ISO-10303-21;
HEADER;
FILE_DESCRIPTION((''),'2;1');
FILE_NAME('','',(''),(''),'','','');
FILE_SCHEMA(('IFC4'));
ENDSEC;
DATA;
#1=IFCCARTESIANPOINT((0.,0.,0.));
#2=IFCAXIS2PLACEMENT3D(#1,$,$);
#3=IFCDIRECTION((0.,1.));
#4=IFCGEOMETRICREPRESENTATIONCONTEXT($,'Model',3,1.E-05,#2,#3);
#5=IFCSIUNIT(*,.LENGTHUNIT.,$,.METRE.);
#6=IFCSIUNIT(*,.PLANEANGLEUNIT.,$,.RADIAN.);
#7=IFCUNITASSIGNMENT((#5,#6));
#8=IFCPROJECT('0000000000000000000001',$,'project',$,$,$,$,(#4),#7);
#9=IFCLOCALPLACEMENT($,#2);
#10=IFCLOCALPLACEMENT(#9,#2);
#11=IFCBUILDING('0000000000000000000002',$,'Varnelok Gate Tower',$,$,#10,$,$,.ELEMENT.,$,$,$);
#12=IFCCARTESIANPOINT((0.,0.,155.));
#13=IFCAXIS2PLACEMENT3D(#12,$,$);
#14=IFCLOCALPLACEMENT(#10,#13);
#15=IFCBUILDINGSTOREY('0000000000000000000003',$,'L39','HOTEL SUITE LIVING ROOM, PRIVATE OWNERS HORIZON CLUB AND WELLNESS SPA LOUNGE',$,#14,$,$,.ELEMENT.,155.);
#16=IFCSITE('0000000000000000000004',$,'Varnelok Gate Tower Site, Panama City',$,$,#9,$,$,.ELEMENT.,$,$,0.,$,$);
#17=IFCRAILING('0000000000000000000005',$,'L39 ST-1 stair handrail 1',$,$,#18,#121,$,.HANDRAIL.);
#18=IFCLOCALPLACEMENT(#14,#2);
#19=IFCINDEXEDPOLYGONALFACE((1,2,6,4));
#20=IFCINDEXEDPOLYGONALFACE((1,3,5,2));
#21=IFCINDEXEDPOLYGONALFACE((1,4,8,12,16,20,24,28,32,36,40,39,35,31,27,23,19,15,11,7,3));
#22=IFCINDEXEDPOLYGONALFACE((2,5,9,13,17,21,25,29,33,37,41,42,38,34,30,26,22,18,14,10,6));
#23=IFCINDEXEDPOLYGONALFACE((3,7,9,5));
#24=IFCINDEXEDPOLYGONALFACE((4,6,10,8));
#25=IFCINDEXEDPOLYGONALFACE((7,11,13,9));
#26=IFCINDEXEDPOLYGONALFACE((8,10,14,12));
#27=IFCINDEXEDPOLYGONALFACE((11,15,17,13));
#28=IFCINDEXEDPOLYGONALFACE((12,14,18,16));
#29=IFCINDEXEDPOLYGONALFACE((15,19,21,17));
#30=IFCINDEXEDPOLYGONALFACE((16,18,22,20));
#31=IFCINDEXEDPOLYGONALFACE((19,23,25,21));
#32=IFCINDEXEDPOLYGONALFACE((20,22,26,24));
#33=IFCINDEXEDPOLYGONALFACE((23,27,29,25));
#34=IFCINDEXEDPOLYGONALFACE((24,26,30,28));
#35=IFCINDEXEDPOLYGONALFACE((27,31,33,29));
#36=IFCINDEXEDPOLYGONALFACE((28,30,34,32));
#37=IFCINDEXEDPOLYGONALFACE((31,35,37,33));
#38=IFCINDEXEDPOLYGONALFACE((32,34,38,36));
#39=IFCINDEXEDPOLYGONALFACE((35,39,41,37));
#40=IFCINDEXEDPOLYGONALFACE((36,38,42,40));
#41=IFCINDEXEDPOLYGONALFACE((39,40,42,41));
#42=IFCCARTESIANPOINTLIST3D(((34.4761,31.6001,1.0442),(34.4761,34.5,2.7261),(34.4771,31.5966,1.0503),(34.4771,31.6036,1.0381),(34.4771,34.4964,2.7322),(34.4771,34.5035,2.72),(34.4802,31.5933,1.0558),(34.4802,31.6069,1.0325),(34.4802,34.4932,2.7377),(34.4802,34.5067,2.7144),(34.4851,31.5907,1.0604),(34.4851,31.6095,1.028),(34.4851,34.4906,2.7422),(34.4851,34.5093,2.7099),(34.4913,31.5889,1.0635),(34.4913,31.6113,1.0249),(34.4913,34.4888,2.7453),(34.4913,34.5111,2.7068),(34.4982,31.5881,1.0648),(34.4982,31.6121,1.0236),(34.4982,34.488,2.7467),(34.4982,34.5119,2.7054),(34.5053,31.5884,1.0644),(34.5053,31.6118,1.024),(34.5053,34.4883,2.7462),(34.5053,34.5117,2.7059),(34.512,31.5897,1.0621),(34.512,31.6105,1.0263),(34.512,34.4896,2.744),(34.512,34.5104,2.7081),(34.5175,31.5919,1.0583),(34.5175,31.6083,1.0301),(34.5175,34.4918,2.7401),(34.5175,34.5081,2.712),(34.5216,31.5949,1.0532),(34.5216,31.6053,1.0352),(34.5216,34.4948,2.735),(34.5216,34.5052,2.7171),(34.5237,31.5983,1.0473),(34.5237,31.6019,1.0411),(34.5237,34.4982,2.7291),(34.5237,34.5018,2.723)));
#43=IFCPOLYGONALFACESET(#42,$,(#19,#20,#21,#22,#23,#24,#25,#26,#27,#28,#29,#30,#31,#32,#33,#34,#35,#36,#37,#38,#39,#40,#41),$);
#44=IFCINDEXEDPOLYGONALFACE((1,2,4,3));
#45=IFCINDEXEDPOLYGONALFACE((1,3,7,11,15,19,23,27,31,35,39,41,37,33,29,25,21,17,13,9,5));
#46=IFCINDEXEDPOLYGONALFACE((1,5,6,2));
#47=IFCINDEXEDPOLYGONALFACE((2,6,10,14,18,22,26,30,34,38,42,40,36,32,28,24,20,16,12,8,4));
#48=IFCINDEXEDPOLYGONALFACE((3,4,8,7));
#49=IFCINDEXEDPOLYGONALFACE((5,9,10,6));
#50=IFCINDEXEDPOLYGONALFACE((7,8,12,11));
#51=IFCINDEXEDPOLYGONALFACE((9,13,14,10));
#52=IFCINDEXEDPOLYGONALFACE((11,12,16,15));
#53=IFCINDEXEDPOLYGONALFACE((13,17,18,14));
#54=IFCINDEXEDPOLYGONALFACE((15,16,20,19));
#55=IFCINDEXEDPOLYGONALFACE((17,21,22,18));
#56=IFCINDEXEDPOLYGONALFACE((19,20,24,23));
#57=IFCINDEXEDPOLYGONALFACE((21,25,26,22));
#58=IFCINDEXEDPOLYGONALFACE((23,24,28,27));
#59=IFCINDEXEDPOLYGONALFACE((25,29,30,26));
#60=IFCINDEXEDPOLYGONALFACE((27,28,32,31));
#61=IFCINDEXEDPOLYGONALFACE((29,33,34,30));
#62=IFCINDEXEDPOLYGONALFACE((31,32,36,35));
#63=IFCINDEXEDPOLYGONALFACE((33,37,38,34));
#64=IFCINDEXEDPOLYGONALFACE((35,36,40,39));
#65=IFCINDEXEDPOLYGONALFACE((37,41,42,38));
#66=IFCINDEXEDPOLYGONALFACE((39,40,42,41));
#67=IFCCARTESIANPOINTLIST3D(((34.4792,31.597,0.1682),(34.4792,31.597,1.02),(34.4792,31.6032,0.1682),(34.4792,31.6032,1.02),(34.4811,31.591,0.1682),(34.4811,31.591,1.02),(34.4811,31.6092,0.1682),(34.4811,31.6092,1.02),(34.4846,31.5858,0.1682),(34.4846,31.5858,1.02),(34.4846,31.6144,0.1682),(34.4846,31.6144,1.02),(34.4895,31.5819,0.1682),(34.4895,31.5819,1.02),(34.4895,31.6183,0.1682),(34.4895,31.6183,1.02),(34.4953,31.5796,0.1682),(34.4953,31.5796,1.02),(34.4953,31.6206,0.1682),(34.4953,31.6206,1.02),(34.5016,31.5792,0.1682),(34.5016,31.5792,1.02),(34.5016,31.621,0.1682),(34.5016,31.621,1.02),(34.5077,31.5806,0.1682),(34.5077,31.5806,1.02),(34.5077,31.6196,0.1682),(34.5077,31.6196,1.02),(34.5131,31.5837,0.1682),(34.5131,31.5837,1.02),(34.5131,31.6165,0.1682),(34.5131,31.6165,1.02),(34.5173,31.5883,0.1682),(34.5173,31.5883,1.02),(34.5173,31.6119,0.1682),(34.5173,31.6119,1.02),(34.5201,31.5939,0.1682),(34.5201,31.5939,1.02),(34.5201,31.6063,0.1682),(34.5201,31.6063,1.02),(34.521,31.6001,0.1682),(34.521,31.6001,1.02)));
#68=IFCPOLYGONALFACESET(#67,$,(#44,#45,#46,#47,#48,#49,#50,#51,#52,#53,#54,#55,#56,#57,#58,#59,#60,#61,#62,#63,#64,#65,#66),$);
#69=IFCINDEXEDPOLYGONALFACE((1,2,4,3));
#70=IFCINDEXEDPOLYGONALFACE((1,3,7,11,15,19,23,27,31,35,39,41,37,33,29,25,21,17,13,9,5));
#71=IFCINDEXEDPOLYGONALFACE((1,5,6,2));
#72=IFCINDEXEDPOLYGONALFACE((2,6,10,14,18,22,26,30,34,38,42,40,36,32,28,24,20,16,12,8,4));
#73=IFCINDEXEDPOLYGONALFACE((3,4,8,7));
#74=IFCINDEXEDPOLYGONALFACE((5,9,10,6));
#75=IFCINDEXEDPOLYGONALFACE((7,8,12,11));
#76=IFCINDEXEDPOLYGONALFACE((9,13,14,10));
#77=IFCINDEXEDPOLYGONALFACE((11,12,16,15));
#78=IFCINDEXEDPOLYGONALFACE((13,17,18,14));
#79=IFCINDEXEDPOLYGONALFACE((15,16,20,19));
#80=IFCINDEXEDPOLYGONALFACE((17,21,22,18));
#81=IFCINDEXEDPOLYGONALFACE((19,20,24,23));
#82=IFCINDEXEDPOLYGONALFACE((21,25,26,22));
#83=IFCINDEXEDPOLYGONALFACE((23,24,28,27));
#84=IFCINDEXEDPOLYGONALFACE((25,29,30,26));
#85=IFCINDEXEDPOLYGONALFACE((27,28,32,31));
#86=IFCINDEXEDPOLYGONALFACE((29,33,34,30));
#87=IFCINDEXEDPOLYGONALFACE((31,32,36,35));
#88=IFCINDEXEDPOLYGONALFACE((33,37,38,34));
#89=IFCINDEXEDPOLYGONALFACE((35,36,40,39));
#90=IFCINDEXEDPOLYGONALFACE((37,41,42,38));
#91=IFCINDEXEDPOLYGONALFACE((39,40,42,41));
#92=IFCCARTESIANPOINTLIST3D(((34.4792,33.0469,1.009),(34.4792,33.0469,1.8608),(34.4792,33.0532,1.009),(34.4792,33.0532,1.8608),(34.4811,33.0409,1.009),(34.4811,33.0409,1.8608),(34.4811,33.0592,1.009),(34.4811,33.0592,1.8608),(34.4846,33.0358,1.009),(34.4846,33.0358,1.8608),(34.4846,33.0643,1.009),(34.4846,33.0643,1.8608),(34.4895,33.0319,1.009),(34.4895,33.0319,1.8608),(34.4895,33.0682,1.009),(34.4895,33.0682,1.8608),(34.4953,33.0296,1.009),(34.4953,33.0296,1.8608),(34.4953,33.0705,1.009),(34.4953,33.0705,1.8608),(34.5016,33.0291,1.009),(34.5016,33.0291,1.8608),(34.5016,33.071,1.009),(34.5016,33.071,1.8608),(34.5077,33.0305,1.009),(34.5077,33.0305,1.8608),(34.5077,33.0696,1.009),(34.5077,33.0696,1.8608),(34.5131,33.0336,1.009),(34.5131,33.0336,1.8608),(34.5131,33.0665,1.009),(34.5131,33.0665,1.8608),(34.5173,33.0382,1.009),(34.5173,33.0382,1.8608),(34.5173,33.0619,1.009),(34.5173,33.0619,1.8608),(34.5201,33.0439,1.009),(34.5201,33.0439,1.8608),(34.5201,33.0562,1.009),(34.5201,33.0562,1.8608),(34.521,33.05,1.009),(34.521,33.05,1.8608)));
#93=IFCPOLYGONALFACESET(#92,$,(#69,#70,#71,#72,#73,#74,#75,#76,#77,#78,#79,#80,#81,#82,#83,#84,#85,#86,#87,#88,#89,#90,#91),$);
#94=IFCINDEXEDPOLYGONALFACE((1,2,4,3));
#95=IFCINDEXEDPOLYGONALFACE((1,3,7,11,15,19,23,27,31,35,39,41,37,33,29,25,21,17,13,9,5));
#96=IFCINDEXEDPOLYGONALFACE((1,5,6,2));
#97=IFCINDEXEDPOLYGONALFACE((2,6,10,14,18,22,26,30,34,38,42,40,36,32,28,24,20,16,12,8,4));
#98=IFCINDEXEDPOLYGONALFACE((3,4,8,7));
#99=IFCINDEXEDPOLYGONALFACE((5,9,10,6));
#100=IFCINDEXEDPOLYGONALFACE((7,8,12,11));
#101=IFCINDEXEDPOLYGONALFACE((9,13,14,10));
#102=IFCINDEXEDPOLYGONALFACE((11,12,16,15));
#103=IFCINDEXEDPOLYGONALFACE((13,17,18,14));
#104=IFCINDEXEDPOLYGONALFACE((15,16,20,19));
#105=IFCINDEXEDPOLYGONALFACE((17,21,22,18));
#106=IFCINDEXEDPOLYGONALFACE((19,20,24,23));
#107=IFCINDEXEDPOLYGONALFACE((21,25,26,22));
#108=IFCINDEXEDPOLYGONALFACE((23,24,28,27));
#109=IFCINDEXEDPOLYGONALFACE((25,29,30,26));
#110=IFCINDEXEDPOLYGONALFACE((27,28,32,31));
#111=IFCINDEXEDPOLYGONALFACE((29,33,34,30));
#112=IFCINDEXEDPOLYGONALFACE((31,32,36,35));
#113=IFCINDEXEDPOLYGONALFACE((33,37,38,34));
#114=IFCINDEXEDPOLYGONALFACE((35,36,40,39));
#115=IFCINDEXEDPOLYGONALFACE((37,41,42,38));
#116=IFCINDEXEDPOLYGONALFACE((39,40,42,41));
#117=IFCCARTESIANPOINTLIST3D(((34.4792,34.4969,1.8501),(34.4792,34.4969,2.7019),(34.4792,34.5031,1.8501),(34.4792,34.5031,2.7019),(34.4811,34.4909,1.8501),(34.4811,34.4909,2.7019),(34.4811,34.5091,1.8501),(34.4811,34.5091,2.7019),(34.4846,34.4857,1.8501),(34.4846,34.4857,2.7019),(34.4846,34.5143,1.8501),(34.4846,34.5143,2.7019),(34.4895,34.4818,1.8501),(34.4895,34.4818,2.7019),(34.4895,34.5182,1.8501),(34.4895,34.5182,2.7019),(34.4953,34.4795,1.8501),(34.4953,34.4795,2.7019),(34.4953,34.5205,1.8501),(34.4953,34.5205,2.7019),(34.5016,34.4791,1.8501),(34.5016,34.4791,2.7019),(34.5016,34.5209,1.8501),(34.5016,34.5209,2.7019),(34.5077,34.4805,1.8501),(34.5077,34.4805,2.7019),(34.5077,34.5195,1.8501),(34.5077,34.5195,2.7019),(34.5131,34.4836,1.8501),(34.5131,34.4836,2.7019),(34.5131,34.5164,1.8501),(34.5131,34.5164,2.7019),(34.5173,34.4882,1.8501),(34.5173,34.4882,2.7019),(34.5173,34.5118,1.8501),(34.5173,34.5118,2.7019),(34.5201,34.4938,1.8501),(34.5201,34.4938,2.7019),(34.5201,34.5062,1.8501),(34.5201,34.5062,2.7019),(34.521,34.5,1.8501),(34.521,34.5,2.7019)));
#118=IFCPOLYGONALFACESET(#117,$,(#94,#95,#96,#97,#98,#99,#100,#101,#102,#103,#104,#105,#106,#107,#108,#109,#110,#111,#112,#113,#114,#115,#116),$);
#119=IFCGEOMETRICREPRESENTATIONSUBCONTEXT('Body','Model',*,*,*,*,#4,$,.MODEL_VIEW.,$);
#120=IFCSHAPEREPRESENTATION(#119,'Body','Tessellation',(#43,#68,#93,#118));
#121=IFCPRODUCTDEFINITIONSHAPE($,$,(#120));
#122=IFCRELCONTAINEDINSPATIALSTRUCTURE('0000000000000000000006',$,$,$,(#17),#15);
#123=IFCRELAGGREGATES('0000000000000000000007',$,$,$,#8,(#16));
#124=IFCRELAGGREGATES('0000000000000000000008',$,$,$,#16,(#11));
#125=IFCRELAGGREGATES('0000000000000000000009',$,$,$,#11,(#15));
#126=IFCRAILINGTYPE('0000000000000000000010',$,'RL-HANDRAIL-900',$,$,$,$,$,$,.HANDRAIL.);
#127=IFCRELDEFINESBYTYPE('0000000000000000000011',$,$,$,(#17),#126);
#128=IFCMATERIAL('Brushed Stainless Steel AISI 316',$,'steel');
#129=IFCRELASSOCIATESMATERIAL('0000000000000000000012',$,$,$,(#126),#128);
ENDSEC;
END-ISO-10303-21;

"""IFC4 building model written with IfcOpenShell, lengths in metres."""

from ifc_helpers import new_model, si_unit, direction, frame, origin, origin_2d, place, context, subcontext, project, spatial, circle, extrude, material, type_object, element, save


model = new_model("IFC4")

# Units and contexts
model_context = context("Model", 3, precision=1e-05, world=origin(), true_north=direction((0.0, 1.0)))
body_context = subcontext(model_context, "Body", "Model", "MODEL_VIEW")
ifc_project = project(units=[si_unit("LENGTHUNIT", "METRE"), si_unit("PLANEANGLEUNIT", "RADIAN")], contexts=[model_context])

# Site, building, storey
site_placement = place(None, origin())
site = spatial("IfcSite", under=ifc_project, at=site_placement, Name="Varnelok Gate Tower Site, Panama City", CompositionType="ELEMENT", RefElevation=0.0)
building_placement = place(site_placement, origin())
building = spatial("IfcBuilding", under=site, at=building_placement, Name="Varnelok Gate Tower", CompositionType="ELEMENT")
storey_placement = place(building_placement, frame((0.0, 0.0, 155.0)))
storey = spatial("IfcBuildingStorey", under=building, at=storey_placement, Name="L39", Description="HOTEL SUITE LIVING ROOM, PRIVATE OWNERS HORIZON CLUB AND WELLNESS SPA LOUNGE", CompositionType="ELEMENT", Elevation=155.0)

# Railing
ifc_material_1 = material(Name="Brushed Stainless Steel AISI 316", Category="steel")
railing_type_1 = type_object("IfcRailingType", Name="RL-HANDRAIL-900", PredefinedType="HANDRAIL", material=ifc_material_1)
railing_1_placement = place(storey_placement, frame((34.5, 31.6001, 0.1682)))
element("IfcRailing", 1, at=railing_1_placement, inside=storey, type_object=railing_type_1, Name="L39 ST-1 stair handrail 1", PredefinedType="HANDRAIL", context=body_context, shape_type="SweptSolid", body=[
    extrude(circle(Radius=0.0239, at=origin_2d()), frame((0.0, 0.0, 0.876), z_axis=(0.0, 0.865039, 0.501705), x_axis=(-1.0, 0.0, 0.0)), (0.0, 0.0, 1.0), 3.3523),
    extrude(circle(Radius=0.021, at=origin_2d()), origin(), (0.0, 0.0, 1.0), 0.8518),
    extrude(circle(Radius=0.021, at=origin_2d()), frame((0.0, 1.45, 0.8408)), (0.0, 0.0, 1.0), 0.8518),
    extrude(circle(Radius=0.021, at=origin_2d()), frame((0.0, 2.8999, 1.6819)), (0.0, 0.0, 1.0), 0.8518),
])

save(model, "model.ifc")
